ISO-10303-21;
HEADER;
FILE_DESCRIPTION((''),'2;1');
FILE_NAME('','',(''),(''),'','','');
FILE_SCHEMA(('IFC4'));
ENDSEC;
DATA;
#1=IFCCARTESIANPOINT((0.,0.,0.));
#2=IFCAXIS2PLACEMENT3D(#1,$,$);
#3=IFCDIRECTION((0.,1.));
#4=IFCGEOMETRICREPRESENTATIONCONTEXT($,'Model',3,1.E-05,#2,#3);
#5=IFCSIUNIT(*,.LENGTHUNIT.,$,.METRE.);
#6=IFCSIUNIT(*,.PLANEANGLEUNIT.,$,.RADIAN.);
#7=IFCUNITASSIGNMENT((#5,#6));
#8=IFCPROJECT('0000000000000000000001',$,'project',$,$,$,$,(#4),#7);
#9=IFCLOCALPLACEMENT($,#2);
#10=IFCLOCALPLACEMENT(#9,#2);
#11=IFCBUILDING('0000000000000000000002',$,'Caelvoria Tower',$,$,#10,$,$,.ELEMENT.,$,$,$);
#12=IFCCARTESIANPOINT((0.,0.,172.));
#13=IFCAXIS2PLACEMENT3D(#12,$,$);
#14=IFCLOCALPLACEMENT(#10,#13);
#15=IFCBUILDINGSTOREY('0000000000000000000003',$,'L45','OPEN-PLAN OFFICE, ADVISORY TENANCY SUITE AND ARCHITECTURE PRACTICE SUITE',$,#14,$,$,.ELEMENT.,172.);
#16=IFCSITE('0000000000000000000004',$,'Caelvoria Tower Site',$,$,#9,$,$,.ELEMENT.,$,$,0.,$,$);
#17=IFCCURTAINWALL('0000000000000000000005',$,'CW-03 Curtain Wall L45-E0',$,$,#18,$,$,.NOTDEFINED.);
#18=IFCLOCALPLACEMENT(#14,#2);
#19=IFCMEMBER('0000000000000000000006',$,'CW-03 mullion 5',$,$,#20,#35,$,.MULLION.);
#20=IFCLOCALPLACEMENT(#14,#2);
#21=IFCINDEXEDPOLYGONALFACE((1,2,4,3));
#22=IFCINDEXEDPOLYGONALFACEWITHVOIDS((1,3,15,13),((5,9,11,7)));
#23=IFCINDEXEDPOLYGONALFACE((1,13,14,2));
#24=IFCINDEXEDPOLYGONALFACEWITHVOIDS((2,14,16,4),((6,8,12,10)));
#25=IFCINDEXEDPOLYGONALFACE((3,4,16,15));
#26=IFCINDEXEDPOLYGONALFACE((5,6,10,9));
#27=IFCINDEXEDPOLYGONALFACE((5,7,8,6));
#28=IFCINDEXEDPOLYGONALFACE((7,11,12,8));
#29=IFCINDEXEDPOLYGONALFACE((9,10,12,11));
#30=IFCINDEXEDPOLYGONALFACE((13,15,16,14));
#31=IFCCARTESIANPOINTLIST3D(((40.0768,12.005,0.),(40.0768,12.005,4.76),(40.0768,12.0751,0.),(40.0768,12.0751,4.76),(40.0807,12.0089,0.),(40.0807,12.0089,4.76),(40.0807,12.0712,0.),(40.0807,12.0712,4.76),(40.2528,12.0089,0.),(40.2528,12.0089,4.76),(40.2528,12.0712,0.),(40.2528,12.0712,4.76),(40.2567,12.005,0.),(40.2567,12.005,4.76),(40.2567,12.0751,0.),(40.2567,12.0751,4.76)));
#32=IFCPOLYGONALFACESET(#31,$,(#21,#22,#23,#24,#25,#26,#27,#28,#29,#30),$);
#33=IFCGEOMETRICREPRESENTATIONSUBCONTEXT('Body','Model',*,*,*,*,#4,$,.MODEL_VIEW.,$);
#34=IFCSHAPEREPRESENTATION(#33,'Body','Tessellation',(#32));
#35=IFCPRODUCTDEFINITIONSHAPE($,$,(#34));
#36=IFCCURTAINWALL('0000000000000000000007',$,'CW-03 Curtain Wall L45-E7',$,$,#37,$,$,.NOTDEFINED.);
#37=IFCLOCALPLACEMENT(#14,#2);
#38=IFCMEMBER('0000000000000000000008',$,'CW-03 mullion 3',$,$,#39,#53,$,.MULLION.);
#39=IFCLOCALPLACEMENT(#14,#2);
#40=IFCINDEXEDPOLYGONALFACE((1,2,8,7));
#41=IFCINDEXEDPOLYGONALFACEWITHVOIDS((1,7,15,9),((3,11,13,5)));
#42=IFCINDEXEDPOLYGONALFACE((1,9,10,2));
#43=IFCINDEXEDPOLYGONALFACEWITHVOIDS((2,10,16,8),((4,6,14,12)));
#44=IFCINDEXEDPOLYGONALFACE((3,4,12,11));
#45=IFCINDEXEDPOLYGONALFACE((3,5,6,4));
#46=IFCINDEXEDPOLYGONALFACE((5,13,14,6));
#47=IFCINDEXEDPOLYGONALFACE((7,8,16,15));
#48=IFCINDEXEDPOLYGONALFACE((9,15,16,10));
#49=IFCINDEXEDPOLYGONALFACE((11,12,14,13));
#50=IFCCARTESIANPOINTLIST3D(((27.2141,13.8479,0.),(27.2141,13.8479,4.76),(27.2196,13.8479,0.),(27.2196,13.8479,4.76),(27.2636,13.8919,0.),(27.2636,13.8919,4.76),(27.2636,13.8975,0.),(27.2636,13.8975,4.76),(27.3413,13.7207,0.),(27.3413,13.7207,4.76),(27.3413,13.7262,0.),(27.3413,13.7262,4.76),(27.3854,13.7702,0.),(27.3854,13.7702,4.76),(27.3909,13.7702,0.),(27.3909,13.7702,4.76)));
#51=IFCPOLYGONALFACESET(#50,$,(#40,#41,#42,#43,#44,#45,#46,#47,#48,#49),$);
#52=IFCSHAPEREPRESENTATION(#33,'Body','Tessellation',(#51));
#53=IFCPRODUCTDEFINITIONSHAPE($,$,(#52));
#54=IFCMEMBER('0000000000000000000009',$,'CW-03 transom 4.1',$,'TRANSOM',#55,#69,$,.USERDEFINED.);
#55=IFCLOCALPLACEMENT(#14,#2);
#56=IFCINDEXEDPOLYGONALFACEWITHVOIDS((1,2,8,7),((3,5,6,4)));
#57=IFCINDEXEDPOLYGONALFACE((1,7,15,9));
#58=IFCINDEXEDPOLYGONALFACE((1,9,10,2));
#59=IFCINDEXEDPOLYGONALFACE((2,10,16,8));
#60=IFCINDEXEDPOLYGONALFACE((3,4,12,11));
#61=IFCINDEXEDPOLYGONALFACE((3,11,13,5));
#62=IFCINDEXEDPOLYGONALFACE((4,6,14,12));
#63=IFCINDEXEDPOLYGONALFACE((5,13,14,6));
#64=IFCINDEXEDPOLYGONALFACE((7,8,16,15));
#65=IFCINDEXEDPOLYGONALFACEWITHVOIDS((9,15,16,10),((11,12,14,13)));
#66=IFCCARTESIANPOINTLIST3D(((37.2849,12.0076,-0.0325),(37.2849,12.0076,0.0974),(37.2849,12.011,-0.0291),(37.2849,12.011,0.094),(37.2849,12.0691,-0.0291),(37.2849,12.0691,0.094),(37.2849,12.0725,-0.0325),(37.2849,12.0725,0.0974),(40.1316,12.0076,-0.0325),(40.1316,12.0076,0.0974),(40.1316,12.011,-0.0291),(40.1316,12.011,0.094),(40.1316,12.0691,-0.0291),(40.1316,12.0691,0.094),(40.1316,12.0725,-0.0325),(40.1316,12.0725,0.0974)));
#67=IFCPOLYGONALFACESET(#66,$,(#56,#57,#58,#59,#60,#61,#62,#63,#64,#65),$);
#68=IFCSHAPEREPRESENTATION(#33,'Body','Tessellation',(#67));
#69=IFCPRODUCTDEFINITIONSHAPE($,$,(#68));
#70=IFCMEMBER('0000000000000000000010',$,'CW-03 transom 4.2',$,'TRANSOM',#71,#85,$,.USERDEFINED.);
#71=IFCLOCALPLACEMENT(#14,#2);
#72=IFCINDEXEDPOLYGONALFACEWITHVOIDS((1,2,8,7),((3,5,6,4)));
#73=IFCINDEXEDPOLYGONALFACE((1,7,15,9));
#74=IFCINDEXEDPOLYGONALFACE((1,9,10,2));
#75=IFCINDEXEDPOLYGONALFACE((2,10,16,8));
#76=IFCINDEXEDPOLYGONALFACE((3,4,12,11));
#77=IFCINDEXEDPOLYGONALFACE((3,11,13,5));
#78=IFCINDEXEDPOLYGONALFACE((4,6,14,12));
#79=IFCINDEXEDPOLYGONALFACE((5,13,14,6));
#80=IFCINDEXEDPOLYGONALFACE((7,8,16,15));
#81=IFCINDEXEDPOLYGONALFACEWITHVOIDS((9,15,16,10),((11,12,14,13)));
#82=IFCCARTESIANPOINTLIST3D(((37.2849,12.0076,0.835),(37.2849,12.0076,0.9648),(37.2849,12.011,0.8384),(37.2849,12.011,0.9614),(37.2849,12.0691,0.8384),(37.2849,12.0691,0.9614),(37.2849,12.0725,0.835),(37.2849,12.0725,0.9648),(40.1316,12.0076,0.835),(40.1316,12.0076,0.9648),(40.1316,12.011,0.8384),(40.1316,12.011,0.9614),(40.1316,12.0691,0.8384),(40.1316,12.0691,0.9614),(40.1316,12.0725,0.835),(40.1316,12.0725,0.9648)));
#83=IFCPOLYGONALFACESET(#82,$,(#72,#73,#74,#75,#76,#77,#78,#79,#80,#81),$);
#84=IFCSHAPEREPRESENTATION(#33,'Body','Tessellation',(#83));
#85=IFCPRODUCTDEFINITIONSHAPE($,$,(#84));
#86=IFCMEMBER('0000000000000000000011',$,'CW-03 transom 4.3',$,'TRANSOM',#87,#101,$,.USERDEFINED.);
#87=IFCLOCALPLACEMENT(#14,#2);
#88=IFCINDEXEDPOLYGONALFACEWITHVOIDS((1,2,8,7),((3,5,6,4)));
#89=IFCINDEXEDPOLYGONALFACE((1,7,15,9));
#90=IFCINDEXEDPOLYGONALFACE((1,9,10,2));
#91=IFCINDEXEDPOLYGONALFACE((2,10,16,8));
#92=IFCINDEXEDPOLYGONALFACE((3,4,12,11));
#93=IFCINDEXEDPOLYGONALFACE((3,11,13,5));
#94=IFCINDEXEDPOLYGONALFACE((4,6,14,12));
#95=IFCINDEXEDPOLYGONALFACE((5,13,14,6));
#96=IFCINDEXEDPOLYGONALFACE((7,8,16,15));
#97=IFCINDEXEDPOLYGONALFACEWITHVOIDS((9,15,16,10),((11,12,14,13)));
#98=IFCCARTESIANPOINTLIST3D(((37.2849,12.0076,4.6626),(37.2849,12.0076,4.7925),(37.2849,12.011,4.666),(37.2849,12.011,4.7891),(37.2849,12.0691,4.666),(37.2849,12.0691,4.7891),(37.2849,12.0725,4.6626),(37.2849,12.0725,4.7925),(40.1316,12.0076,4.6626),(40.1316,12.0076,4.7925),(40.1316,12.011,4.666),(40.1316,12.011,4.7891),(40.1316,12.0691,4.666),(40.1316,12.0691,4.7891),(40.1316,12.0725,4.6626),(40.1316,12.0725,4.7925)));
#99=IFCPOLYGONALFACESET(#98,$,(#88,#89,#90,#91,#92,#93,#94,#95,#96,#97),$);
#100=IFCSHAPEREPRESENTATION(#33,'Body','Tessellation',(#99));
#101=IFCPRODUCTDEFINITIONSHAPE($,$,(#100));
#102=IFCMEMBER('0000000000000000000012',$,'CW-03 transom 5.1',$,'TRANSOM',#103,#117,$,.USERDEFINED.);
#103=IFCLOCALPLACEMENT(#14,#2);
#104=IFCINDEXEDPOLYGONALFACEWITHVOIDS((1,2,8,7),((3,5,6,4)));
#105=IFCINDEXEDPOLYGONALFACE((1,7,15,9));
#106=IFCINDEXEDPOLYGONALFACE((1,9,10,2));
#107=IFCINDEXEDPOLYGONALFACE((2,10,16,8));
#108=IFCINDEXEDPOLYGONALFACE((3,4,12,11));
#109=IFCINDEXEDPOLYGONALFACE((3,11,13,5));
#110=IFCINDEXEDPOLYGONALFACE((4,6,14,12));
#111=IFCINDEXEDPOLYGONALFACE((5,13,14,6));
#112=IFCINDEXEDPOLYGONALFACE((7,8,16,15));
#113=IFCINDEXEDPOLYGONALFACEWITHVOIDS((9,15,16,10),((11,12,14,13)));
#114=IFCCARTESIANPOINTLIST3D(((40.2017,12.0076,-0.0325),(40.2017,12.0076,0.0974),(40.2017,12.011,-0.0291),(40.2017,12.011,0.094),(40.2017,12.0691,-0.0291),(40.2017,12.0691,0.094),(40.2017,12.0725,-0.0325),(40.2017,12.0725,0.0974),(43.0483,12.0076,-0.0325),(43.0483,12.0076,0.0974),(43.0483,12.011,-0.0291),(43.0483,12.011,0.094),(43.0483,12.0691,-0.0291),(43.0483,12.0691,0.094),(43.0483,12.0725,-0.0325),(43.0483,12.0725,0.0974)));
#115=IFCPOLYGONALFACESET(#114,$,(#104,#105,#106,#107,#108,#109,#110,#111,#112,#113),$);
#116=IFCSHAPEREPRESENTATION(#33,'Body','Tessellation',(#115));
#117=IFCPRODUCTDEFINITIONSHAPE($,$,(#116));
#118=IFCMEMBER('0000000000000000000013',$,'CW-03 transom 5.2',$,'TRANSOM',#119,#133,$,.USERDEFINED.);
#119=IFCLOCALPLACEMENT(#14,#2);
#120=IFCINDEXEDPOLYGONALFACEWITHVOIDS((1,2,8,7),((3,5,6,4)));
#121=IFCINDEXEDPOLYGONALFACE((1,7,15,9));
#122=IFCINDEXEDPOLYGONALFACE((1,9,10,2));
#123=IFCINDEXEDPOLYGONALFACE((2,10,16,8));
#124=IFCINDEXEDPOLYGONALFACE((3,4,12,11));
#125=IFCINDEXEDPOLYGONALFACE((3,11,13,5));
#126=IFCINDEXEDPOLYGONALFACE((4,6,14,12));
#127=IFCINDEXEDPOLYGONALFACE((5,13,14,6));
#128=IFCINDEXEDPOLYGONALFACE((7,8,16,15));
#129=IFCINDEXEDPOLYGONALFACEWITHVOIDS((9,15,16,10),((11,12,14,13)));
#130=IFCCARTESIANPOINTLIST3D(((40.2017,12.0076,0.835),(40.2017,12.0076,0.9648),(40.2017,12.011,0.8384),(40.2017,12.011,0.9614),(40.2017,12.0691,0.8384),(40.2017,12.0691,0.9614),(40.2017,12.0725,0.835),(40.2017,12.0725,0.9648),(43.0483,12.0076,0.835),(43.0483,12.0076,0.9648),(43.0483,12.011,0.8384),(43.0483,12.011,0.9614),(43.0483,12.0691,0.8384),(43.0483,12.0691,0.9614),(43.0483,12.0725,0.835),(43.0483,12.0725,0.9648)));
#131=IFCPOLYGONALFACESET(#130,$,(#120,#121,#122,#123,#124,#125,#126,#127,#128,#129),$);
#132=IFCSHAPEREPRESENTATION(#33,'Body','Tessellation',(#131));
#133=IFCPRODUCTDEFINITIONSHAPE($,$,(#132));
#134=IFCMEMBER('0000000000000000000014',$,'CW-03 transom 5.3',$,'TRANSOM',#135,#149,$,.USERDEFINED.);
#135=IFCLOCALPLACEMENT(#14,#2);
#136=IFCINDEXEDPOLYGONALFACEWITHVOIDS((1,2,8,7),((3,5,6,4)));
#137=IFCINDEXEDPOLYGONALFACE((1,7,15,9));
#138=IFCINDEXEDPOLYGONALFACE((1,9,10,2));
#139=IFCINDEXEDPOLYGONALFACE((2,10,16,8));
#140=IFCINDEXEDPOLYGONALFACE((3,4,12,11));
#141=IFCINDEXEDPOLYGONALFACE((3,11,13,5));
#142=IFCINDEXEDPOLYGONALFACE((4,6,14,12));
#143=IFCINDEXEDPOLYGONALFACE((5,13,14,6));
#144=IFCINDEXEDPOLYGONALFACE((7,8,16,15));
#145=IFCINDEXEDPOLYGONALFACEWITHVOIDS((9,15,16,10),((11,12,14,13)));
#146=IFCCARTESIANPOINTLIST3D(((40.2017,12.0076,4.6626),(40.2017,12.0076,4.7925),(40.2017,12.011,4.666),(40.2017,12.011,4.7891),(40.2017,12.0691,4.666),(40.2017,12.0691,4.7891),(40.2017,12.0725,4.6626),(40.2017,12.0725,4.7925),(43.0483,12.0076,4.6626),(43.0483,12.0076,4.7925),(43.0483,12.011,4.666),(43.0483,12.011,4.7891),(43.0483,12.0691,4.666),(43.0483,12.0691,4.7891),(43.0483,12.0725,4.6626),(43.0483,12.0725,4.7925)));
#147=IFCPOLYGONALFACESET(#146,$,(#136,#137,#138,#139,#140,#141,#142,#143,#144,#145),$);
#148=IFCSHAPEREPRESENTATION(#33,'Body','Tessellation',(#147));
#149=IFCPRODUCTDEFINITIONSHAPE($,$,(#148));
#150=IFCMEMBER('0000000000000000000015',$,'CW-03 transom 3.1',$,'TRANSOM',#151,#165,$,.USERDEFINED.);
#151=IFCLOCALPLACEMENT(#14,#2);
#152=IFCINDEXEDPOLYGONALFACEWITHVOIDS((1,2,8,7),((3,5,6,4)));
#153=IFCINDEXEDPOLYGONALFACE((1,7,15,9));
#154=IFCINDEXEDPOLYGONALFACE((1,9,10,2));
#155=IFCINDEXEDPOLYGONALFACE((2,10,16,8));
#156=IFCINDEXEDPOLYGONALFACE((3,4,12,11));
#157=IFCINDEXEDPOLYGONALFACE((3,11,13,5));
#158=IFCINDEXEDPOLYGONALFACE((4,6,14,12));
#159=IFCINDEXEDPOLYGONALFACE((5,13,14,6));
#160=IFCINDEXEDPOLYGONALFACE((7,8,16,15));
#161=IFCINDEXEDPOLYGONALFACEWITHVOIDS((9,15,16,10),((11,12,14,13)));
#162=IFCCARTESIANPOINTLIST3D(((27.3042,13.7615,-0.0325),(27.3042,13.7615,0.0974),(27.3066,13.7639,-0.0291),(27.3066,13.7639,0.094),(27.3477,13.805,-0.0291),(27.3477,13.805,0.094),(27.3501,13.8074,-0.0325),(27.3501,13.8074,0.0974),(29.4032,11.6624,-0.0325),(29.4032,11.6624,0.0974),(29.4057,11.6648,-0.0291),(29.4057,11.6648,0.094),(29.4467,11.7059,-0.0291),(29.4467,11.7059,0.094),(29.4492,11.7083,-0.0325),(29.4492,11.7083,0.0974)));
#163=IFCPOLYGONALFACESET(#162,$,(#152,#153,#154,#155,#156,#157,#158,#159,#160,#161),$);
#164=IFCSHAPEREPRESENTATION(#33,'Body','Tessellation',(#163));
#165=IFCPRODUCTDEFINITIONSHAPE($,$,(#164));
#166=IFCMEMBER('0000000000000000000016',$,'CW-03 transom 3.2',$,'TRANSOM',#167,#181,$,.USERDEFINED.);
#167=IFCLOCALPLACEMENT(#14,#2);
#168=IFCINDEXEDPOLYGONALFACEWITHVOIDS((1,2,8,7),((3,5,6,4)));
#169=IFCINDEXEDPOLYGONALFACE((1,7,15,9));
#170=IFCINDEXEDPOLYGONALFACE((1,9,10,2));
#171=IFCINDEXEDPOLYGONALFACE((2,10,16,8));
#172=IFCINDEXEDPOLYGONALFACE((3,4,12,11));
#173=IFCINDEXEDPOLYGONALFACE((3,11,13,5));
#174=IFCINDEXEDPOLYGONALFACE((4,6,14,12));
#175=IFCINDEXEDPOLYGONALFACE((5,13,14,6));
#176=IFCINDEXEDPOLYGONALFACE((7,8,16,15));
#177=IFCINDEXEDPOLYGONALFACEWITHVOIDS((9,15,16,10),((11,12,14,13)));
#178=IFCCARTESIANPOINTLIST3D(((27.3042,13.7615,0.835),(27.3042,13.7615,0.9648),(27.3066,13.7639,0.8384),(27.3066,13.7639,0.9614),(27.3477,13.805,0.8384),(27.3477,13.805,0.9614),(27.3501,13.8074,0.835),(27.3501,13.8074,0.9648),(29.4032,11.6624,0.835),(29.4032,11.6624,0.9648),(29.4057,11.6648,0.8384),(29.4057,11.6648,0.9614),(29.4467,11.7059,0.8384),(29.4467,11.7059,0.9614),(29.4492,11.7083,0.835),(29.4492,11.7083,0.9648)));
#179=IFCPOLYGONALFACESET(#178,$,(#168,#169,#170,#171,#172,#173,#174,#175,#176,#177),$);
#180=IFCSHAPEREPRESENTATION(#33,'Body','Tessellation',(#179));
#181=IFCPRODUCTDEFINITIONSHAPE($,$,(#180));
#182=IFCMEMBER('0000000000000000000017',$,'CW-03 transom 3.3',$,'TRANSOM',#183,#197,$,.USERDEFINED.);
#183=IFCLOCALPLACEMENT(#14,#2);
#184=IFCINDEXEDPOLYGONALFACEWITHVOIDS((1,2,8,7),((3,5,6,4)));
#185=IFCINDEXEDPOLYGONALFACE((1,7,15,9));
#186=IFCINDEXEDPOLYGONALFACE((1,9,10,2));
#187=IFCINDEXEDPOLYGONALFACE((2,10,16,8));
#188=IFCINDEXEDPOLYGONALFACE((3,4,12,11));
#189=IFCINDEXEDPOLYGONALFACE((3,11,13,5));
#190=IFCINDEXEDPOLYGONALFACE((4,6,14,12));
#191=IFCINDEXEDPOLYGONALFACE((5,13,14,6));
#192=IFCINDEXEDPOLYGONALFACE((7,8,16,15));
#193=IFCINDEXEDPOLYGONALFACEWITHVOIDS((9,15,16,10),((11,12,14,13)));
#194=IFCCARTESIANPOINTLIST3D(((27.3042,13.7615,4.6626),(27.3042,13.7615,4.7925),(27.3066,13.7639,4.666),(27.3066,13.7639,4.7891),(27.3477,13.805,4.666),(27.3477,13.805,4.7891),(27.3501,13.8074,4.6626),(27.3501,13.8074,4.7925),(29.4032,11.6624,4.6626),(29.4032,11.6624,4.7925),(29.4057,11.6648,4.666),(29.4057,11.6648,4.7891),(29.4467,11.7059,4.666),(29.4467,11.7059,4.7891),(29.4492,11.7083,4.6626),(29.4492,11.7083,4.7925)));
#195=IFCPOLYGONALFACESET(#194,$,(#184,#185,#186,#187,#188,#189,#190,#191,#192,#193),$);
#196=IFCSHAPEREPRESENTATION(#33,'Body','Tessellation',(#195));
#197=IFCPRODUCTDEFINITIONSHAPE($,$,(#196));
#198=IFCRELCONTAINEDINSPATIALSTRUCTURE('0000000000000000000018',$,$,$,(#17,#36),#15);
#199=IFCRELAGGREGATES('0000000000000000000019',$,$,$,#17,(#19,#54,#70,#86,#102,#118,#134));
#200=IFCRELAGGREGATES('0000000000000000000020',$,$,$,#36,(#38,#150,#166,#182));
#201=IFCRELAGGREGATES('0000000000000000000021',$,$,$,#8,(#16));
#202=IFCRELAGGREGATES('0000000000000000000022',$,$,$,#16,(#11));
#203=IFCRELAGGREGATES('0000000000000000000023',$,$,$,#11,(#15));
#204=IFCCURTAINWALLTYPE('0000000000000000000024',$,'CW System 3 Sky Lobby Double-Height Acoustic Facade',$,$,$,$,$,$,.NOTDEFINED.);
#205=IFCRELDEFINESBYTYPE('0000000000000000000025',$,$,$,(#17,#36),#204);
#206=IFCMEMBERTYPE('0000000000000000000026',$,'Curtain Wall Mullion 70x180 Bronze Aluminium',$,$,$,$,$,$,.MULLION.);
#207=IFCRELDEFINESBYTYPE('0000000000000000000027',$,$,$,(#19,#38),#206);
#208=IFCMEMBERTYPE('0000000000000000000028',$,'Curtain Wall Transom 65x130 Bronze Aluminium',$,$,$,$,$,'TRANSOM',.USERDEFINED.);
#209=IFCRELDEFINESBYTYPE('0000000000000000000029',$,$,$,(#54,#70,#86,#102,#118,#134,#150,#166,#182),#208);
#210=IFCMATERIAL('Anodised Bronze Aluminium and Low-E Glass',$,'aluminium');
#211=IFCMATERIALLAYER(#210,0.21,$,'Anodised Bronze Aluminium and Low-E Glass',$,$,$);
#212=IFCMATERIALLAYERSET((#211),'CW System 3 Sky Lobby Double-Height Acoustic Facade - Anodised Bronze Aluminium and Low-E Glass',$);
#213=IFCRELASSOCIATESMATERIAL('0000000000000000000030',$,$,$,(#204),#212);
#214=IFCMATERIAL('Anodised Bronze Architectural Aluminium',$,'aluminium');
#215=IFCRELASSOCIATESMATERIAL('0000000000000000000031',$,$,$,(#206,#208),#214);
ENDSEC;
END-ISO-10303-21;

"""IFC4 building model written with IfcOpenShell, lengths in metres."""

from ifc_helpers import new_model, si_unit, direction, frame, origin, origin_2d, place, context, subcontext, project, spatial, hollow_rectangle, extrude, material, layer, layer_set, material_profile, profile_set, type_object, element, aggregate, save


model = new_model("IFC4")

# Units and contexts
model_context = context("Model", 3, precision=1e-05, world=origin(), true_north=direction((0.0, 1.0)))
body_context = subcontext(model_context, "Body", "Model", "MODEL_VIEW")
ifc_project = project(units=[si_unit("LENGTHUNIT", "METRE"), si_unit("PLANEANGLEUNIT", "RADIAN")], contexts=[model_context])

# Site, building, storey
site_placement = place(None, origin())
site = spatial("IfcSite", under=ifc_project, at=site_placement, Name="Caelvoria Tower Site", CompositionType="ELEMENT", RefElevation=0.0)
building_placement = place(site_placement, origin())
building = spatial("IfcBuilding", under=site, at=building_placement, Name="Caelvoria Tower", CompositionType="ELEMENT")
storey_placement = place(building_placement, frame((0.0, 0.0, 172.0)))
storey = spatial("IfcBuildingStorey", under=building, at=storey_placement, Name="L45", Description="OPEN-PLAN OFFICE, ADVISORY TENANCY SUITE AND ARCHITECTURE PRACTICE SUITE", CompositionType="ELEMENT", Elevation=172.0)

# Curtain walls, members
ifc_material_1 = material(Name="Anodised Bronze Aluminium and Low-E Glass", Category="aluminium")
ifc_layer_1 = layer(ifc_material_1, 0.21, Name="Anodised Bronze Aluminium and Low-E Glass")
ifc_layer_set_1 = layer_set([ifc_layer_1], Name="CW System 3 Sky Lobby Double-Height Acoustic Facade - Anodised Bronze Aluminium and Low-E Glass")
curtain_wall_type = type_object("IfcCurtainWallType", Name="CW System 3 Sky Lobby Double-Height Acoustic Facade", PredefinedType="NOTDEFINED", material=ifc_layer_set_1)
curtain_wall_1_placement = place(storey_placement, origin())
curtain_wall_1 = element("IfcCurtainWall", 1, at=curtain_wall_1_placement, inside=storey, type_object=curtain_wall_type, Name="CW-03 Curtain Wall L45-E0", PredefinedType="NOTDEFINED")
ifc_material_2 = material(Name="Anodised Bronze Architectural Aluminium", Category="aluminium")
ifc_material_profile_1 = material_profile(ifc_material_2, hollow_rectangle(XDim=0.0701, YDim=0.1799, WallThickness=0.0039, at=origin_2d()), Name="Anodised Bronze Architectural Aluminium")
ifc_profile_set_1 = profile_set([ifc_material_profile_1], Name="CW_MULL_70X180 - Anodised Bronze Architectural Aluminium")
member_type_1 = type_object("IfcMemberType", Name="Curtain Wall Mullion 70x180 Bronze Aluminium", PredefinedType="MULLION", material=ifc_profile_set_1)
member_1_placement = place(storey_placement, frame((40.1667, 12.04, 0.0), z_axis=(0.0, 0.0, 1.0), x_axis=(0.0, 1.0, 0.0)))
member_1 = element("IfcMember", 2, at=member_1_placement, type_object=member_type_1, Name="CW-03 mullion 5", PredefinedType="MULLION", context=body_context, shape_type="SweptSolid", body=[
    extrude(hollow_rectangle(XDim=0.0701, YDim=0.1799, WallThickness=0.0039, at=origin_2d()), origin(), (0.0, 0.0, 1.0), 4.76),
])
curtain_wall_2_placement = place(storey_placement, origin())
curtain_wall_2 = element("IfcCurtainWall", 3, at=curtain_wall_2_placement, inside=storey, type_object=curtain_wall_type, Name="CW-03 Curtain Wall L45-E7", PredefinedType="NOTDEFINED")
member_2_placement = place(storey_placement, frame((27.3025, 13.8091, 0.0), z_axis=(0.0, 0.0, 1.0), x_axis=(0.707107, 0.707107, 0.0)))
member_2 = element("IfcMember", 4, at=member_2_placement, type_object=member_type_1, Name="CW-03 mullion 3", PredefinedType="MULLION", context=body_context, shape_type="SweptSolid", body=[
    extrude(hollow_rectangle(XDim=0.0701, YDim=0.1799, WallThickness=0.0039, at=origin_2d()), origin(), (0.0, 0.0, 1.0), 4.76),
])

# Members
ifc_material_profile_2 = material_profile(ifc_material_2, hollow_rectangle(XDim=0.0649, YDim=0.1299, WallThickness=0.0034, at=origin_2d()), Name="Anodised Bronze Architectural Aluminium")
ifc_profile_set_2 = profile_set([ifc_material_profile_2], Name="CW_TRAN_65X130 - Anodised Bronze Architectural Aluminium")
member_type_2 = type_object("IfcMemberType", Name="Curtain Wall Transom 65x130 Bronze Aluminium", ElementType="TRANSOM", PredefinedType="USERDEFINED", material=ifc_profile_set_2)
member_3_placement = place(storey_placement, frame((37.2849, 12.04, 0.0325), z_axis=(1.0, 0.0, 0.0), x_axis=(0.0, 1.0, 0.0)))
member_3 = element("IfcMember", 5, at=member_3_placement, type_object=member_type_2, Name="CW-03 transom 4.1", ObjectType="TRANSOM", PredefinedType="USERDEFINED", context=body_context, shape_type="SweptSolid", body=[
    extrude(hollow_rectangle(XDim=0.0649, YDim=0.1299, WallThickness=0.0034, at=origin_2d()), origin(), (0.0, 0.0, 1.0), 2.8467),
])
member_4_placement = place(storey_placement, frame((37.2849, 12.04, 0.8999), z_axis=(1.0, 0.0, 0.0), x_axis=(0.0, 1.0, 0.0)))
member_4 = element("IfcMember", 6, at=member_4_placement, type_object=member_type_2, Name="CW-03 transom 4.2", ObjectType="TRANSOM", PredefinedType="USERDEFINED", context=body_context, shape_type="SweptSolid", body=[
    extrude(hollow_rectangle(XDim=0.0649, YDim=0.1299, WallThickness=0.0034, at=origin_2d()), origin(), (0.0, 0.0, 1.0), 2.8467),
])
member_5_placement = place(storey_placement, frame((37.2849, 12.04, 4.7275), z_axis=(1.0, 0.0, 0.0), x_axis=(0.0, 1.0, 0.0)))
member_5 = element("IfcMember", 7, at=member_5_placement, type_object=member_type_2, Name="CW-03 transom 4.3", ObjectType="TRANSOM", PredefinedType="USERDEFINED", context=body_context, shape_type="SweptSolid", body=[
    extrude(hollow_rectangle(XDim=0.0649, YDim=0.1299, WallThickness=0.0034, at=origin_2d()), origin(), (0.0, 0.0, 1.0), 2.8467),
])
member_6_placement = place(storey_placement, frame((40.2017, 12.04, 0.0325), z_axis=(1.0, 0.0, 0.0), x_axis=(0.0, 1.0, 0.0)))
member_6 = element("IfcMember", 8, at=member_6_placement, type_object=member_type_2, Name="CW-03 transom 5.1", ObjectType="TRANSOM", PredefinedType="USERDEFINED", context=body_context, shape_type="SweptSolid", body=[
    extrude(hollow_rectangle(XDim=0.0649, YDim=0.1299, WallThickness=0.0034, at=origin_2d()), origin(), (0.0, 0.0, 1.0), 2.8467),
])
member_7_placement = place(storey_placement, frame((40.2017, 12.04, 0.8999), z_axis=(1.0, 0.0, 0.0), x_axis=(0.0, 1.0, 0.0)))
member_7 = element("IfcMember", 9, at=member_7_placement, type_object=member_type_2, Name="CW-03 transom 5.2", ObjectType="TRANSOM", PredefinedType="USERDEFINED", context=body_context, shape_type="SweptSolid", body=[
    extrude(hollow_rectangle(XDim=0.0649, YDim=0.1299, WallThickness=0.0034, at=origin_2d()), origin(), (0.0, 0.0, 1.0), 2.8467),
])
member_8_placement = place(storey_placement, frame((40.2017, 12.04, 4.7275), z_axis=(1.0, 0.0, 0.0), x_axis=(0.0, 1.0, 0.0)))
member_8 = element("IfcMember", 10, at=member_8_placement, type_object=member_type_2, Name="CW-03 transom 5.3", ObjectType="TRANSOM", PredefinedType="USERDEFINED", context=body_context, shape_type="SweptSolid", body=[
    extrude(hollow_rectangle(XDim=0.0649, YDim=0.1299, WallThickness=0.0034, at=origin_2d()), origin(), (0.0, 0.0, 1.0), 2.8467),
])
member_9_placement = place(storey_placement, frame((27.3271, 13.7844, 0.0325), z_axis=(0.707107, -0.707107, 0.0), x_axis=(0.707107, 0.707107, 0.0)))
member_9 = element("IfcMember", 11, at=member_9_placement, type_object=member_type_2, Name="CW-03 transom 3.1", ObjectType="TRANSOM", PredefinedType="USERDEFINED", context=body_context, shape_type="SweptSolid", body=[
    extrude(hollow_rectangle(XDim=0.0649, YDim=0.1299, WallThickness=0.0034, at=origin_2d()), origin(), (0.0, 0.0, 1.0), 2.9685),
])
member_10_placement = place(storey_placement, frame((27.3271, 13.7844, 0.8999), z_axis=(0.707107, -0.707107, 0.0), x_axis=(0.707107, 0.707107, 0.0)))
member_10 = element("IfcMember", 12, at=member_10_placement, type_object=member_type_2, Name="CW-03 transom 3.2", ObjectType="TRANSOM", PredefinedType="USERDEFINED", context=body_context, shape_type="SweptSolid", body=[
    extrude(hollow_rectangle(XDim=0.0649, YDim=0.1299, WallThickness=0.0034, at=origin_2d()), origin(), (0.0, 0.0, 1.0), 2.9685),
])
member_11_placement = place(storey_placement, frame((27.3271, 13.7844, 4.7275), z_axis=(0.707107, -0.707107, 0.0), x_axis=(0.707107, 0.707107, 0.0)))
member_11 = element("IfcMember", 13, at=member_11_placement, type_object=member_type_2, Name="CW-03 transom 3.3", ObjectType="TRANSOM", PredefinedType="USERDEFINED", context=body_context, shape_type="SweptSolid", body=[
    extrude(hollow_rectangle(XDim=0.0649, YDim=0.1299, WallThickness=0.0034, at=origin_2d()), origin(), (0.0, 0.0, 1.0), 2.9685),
])

aggregate(curtain_wall_1, [member_1, member_3, member_4, member_5, member_6, member_7, member_8])
aggregate(curtain_wall_2, [member_2, member_9, member_10, member_11])

save(model, "model.ifc")
